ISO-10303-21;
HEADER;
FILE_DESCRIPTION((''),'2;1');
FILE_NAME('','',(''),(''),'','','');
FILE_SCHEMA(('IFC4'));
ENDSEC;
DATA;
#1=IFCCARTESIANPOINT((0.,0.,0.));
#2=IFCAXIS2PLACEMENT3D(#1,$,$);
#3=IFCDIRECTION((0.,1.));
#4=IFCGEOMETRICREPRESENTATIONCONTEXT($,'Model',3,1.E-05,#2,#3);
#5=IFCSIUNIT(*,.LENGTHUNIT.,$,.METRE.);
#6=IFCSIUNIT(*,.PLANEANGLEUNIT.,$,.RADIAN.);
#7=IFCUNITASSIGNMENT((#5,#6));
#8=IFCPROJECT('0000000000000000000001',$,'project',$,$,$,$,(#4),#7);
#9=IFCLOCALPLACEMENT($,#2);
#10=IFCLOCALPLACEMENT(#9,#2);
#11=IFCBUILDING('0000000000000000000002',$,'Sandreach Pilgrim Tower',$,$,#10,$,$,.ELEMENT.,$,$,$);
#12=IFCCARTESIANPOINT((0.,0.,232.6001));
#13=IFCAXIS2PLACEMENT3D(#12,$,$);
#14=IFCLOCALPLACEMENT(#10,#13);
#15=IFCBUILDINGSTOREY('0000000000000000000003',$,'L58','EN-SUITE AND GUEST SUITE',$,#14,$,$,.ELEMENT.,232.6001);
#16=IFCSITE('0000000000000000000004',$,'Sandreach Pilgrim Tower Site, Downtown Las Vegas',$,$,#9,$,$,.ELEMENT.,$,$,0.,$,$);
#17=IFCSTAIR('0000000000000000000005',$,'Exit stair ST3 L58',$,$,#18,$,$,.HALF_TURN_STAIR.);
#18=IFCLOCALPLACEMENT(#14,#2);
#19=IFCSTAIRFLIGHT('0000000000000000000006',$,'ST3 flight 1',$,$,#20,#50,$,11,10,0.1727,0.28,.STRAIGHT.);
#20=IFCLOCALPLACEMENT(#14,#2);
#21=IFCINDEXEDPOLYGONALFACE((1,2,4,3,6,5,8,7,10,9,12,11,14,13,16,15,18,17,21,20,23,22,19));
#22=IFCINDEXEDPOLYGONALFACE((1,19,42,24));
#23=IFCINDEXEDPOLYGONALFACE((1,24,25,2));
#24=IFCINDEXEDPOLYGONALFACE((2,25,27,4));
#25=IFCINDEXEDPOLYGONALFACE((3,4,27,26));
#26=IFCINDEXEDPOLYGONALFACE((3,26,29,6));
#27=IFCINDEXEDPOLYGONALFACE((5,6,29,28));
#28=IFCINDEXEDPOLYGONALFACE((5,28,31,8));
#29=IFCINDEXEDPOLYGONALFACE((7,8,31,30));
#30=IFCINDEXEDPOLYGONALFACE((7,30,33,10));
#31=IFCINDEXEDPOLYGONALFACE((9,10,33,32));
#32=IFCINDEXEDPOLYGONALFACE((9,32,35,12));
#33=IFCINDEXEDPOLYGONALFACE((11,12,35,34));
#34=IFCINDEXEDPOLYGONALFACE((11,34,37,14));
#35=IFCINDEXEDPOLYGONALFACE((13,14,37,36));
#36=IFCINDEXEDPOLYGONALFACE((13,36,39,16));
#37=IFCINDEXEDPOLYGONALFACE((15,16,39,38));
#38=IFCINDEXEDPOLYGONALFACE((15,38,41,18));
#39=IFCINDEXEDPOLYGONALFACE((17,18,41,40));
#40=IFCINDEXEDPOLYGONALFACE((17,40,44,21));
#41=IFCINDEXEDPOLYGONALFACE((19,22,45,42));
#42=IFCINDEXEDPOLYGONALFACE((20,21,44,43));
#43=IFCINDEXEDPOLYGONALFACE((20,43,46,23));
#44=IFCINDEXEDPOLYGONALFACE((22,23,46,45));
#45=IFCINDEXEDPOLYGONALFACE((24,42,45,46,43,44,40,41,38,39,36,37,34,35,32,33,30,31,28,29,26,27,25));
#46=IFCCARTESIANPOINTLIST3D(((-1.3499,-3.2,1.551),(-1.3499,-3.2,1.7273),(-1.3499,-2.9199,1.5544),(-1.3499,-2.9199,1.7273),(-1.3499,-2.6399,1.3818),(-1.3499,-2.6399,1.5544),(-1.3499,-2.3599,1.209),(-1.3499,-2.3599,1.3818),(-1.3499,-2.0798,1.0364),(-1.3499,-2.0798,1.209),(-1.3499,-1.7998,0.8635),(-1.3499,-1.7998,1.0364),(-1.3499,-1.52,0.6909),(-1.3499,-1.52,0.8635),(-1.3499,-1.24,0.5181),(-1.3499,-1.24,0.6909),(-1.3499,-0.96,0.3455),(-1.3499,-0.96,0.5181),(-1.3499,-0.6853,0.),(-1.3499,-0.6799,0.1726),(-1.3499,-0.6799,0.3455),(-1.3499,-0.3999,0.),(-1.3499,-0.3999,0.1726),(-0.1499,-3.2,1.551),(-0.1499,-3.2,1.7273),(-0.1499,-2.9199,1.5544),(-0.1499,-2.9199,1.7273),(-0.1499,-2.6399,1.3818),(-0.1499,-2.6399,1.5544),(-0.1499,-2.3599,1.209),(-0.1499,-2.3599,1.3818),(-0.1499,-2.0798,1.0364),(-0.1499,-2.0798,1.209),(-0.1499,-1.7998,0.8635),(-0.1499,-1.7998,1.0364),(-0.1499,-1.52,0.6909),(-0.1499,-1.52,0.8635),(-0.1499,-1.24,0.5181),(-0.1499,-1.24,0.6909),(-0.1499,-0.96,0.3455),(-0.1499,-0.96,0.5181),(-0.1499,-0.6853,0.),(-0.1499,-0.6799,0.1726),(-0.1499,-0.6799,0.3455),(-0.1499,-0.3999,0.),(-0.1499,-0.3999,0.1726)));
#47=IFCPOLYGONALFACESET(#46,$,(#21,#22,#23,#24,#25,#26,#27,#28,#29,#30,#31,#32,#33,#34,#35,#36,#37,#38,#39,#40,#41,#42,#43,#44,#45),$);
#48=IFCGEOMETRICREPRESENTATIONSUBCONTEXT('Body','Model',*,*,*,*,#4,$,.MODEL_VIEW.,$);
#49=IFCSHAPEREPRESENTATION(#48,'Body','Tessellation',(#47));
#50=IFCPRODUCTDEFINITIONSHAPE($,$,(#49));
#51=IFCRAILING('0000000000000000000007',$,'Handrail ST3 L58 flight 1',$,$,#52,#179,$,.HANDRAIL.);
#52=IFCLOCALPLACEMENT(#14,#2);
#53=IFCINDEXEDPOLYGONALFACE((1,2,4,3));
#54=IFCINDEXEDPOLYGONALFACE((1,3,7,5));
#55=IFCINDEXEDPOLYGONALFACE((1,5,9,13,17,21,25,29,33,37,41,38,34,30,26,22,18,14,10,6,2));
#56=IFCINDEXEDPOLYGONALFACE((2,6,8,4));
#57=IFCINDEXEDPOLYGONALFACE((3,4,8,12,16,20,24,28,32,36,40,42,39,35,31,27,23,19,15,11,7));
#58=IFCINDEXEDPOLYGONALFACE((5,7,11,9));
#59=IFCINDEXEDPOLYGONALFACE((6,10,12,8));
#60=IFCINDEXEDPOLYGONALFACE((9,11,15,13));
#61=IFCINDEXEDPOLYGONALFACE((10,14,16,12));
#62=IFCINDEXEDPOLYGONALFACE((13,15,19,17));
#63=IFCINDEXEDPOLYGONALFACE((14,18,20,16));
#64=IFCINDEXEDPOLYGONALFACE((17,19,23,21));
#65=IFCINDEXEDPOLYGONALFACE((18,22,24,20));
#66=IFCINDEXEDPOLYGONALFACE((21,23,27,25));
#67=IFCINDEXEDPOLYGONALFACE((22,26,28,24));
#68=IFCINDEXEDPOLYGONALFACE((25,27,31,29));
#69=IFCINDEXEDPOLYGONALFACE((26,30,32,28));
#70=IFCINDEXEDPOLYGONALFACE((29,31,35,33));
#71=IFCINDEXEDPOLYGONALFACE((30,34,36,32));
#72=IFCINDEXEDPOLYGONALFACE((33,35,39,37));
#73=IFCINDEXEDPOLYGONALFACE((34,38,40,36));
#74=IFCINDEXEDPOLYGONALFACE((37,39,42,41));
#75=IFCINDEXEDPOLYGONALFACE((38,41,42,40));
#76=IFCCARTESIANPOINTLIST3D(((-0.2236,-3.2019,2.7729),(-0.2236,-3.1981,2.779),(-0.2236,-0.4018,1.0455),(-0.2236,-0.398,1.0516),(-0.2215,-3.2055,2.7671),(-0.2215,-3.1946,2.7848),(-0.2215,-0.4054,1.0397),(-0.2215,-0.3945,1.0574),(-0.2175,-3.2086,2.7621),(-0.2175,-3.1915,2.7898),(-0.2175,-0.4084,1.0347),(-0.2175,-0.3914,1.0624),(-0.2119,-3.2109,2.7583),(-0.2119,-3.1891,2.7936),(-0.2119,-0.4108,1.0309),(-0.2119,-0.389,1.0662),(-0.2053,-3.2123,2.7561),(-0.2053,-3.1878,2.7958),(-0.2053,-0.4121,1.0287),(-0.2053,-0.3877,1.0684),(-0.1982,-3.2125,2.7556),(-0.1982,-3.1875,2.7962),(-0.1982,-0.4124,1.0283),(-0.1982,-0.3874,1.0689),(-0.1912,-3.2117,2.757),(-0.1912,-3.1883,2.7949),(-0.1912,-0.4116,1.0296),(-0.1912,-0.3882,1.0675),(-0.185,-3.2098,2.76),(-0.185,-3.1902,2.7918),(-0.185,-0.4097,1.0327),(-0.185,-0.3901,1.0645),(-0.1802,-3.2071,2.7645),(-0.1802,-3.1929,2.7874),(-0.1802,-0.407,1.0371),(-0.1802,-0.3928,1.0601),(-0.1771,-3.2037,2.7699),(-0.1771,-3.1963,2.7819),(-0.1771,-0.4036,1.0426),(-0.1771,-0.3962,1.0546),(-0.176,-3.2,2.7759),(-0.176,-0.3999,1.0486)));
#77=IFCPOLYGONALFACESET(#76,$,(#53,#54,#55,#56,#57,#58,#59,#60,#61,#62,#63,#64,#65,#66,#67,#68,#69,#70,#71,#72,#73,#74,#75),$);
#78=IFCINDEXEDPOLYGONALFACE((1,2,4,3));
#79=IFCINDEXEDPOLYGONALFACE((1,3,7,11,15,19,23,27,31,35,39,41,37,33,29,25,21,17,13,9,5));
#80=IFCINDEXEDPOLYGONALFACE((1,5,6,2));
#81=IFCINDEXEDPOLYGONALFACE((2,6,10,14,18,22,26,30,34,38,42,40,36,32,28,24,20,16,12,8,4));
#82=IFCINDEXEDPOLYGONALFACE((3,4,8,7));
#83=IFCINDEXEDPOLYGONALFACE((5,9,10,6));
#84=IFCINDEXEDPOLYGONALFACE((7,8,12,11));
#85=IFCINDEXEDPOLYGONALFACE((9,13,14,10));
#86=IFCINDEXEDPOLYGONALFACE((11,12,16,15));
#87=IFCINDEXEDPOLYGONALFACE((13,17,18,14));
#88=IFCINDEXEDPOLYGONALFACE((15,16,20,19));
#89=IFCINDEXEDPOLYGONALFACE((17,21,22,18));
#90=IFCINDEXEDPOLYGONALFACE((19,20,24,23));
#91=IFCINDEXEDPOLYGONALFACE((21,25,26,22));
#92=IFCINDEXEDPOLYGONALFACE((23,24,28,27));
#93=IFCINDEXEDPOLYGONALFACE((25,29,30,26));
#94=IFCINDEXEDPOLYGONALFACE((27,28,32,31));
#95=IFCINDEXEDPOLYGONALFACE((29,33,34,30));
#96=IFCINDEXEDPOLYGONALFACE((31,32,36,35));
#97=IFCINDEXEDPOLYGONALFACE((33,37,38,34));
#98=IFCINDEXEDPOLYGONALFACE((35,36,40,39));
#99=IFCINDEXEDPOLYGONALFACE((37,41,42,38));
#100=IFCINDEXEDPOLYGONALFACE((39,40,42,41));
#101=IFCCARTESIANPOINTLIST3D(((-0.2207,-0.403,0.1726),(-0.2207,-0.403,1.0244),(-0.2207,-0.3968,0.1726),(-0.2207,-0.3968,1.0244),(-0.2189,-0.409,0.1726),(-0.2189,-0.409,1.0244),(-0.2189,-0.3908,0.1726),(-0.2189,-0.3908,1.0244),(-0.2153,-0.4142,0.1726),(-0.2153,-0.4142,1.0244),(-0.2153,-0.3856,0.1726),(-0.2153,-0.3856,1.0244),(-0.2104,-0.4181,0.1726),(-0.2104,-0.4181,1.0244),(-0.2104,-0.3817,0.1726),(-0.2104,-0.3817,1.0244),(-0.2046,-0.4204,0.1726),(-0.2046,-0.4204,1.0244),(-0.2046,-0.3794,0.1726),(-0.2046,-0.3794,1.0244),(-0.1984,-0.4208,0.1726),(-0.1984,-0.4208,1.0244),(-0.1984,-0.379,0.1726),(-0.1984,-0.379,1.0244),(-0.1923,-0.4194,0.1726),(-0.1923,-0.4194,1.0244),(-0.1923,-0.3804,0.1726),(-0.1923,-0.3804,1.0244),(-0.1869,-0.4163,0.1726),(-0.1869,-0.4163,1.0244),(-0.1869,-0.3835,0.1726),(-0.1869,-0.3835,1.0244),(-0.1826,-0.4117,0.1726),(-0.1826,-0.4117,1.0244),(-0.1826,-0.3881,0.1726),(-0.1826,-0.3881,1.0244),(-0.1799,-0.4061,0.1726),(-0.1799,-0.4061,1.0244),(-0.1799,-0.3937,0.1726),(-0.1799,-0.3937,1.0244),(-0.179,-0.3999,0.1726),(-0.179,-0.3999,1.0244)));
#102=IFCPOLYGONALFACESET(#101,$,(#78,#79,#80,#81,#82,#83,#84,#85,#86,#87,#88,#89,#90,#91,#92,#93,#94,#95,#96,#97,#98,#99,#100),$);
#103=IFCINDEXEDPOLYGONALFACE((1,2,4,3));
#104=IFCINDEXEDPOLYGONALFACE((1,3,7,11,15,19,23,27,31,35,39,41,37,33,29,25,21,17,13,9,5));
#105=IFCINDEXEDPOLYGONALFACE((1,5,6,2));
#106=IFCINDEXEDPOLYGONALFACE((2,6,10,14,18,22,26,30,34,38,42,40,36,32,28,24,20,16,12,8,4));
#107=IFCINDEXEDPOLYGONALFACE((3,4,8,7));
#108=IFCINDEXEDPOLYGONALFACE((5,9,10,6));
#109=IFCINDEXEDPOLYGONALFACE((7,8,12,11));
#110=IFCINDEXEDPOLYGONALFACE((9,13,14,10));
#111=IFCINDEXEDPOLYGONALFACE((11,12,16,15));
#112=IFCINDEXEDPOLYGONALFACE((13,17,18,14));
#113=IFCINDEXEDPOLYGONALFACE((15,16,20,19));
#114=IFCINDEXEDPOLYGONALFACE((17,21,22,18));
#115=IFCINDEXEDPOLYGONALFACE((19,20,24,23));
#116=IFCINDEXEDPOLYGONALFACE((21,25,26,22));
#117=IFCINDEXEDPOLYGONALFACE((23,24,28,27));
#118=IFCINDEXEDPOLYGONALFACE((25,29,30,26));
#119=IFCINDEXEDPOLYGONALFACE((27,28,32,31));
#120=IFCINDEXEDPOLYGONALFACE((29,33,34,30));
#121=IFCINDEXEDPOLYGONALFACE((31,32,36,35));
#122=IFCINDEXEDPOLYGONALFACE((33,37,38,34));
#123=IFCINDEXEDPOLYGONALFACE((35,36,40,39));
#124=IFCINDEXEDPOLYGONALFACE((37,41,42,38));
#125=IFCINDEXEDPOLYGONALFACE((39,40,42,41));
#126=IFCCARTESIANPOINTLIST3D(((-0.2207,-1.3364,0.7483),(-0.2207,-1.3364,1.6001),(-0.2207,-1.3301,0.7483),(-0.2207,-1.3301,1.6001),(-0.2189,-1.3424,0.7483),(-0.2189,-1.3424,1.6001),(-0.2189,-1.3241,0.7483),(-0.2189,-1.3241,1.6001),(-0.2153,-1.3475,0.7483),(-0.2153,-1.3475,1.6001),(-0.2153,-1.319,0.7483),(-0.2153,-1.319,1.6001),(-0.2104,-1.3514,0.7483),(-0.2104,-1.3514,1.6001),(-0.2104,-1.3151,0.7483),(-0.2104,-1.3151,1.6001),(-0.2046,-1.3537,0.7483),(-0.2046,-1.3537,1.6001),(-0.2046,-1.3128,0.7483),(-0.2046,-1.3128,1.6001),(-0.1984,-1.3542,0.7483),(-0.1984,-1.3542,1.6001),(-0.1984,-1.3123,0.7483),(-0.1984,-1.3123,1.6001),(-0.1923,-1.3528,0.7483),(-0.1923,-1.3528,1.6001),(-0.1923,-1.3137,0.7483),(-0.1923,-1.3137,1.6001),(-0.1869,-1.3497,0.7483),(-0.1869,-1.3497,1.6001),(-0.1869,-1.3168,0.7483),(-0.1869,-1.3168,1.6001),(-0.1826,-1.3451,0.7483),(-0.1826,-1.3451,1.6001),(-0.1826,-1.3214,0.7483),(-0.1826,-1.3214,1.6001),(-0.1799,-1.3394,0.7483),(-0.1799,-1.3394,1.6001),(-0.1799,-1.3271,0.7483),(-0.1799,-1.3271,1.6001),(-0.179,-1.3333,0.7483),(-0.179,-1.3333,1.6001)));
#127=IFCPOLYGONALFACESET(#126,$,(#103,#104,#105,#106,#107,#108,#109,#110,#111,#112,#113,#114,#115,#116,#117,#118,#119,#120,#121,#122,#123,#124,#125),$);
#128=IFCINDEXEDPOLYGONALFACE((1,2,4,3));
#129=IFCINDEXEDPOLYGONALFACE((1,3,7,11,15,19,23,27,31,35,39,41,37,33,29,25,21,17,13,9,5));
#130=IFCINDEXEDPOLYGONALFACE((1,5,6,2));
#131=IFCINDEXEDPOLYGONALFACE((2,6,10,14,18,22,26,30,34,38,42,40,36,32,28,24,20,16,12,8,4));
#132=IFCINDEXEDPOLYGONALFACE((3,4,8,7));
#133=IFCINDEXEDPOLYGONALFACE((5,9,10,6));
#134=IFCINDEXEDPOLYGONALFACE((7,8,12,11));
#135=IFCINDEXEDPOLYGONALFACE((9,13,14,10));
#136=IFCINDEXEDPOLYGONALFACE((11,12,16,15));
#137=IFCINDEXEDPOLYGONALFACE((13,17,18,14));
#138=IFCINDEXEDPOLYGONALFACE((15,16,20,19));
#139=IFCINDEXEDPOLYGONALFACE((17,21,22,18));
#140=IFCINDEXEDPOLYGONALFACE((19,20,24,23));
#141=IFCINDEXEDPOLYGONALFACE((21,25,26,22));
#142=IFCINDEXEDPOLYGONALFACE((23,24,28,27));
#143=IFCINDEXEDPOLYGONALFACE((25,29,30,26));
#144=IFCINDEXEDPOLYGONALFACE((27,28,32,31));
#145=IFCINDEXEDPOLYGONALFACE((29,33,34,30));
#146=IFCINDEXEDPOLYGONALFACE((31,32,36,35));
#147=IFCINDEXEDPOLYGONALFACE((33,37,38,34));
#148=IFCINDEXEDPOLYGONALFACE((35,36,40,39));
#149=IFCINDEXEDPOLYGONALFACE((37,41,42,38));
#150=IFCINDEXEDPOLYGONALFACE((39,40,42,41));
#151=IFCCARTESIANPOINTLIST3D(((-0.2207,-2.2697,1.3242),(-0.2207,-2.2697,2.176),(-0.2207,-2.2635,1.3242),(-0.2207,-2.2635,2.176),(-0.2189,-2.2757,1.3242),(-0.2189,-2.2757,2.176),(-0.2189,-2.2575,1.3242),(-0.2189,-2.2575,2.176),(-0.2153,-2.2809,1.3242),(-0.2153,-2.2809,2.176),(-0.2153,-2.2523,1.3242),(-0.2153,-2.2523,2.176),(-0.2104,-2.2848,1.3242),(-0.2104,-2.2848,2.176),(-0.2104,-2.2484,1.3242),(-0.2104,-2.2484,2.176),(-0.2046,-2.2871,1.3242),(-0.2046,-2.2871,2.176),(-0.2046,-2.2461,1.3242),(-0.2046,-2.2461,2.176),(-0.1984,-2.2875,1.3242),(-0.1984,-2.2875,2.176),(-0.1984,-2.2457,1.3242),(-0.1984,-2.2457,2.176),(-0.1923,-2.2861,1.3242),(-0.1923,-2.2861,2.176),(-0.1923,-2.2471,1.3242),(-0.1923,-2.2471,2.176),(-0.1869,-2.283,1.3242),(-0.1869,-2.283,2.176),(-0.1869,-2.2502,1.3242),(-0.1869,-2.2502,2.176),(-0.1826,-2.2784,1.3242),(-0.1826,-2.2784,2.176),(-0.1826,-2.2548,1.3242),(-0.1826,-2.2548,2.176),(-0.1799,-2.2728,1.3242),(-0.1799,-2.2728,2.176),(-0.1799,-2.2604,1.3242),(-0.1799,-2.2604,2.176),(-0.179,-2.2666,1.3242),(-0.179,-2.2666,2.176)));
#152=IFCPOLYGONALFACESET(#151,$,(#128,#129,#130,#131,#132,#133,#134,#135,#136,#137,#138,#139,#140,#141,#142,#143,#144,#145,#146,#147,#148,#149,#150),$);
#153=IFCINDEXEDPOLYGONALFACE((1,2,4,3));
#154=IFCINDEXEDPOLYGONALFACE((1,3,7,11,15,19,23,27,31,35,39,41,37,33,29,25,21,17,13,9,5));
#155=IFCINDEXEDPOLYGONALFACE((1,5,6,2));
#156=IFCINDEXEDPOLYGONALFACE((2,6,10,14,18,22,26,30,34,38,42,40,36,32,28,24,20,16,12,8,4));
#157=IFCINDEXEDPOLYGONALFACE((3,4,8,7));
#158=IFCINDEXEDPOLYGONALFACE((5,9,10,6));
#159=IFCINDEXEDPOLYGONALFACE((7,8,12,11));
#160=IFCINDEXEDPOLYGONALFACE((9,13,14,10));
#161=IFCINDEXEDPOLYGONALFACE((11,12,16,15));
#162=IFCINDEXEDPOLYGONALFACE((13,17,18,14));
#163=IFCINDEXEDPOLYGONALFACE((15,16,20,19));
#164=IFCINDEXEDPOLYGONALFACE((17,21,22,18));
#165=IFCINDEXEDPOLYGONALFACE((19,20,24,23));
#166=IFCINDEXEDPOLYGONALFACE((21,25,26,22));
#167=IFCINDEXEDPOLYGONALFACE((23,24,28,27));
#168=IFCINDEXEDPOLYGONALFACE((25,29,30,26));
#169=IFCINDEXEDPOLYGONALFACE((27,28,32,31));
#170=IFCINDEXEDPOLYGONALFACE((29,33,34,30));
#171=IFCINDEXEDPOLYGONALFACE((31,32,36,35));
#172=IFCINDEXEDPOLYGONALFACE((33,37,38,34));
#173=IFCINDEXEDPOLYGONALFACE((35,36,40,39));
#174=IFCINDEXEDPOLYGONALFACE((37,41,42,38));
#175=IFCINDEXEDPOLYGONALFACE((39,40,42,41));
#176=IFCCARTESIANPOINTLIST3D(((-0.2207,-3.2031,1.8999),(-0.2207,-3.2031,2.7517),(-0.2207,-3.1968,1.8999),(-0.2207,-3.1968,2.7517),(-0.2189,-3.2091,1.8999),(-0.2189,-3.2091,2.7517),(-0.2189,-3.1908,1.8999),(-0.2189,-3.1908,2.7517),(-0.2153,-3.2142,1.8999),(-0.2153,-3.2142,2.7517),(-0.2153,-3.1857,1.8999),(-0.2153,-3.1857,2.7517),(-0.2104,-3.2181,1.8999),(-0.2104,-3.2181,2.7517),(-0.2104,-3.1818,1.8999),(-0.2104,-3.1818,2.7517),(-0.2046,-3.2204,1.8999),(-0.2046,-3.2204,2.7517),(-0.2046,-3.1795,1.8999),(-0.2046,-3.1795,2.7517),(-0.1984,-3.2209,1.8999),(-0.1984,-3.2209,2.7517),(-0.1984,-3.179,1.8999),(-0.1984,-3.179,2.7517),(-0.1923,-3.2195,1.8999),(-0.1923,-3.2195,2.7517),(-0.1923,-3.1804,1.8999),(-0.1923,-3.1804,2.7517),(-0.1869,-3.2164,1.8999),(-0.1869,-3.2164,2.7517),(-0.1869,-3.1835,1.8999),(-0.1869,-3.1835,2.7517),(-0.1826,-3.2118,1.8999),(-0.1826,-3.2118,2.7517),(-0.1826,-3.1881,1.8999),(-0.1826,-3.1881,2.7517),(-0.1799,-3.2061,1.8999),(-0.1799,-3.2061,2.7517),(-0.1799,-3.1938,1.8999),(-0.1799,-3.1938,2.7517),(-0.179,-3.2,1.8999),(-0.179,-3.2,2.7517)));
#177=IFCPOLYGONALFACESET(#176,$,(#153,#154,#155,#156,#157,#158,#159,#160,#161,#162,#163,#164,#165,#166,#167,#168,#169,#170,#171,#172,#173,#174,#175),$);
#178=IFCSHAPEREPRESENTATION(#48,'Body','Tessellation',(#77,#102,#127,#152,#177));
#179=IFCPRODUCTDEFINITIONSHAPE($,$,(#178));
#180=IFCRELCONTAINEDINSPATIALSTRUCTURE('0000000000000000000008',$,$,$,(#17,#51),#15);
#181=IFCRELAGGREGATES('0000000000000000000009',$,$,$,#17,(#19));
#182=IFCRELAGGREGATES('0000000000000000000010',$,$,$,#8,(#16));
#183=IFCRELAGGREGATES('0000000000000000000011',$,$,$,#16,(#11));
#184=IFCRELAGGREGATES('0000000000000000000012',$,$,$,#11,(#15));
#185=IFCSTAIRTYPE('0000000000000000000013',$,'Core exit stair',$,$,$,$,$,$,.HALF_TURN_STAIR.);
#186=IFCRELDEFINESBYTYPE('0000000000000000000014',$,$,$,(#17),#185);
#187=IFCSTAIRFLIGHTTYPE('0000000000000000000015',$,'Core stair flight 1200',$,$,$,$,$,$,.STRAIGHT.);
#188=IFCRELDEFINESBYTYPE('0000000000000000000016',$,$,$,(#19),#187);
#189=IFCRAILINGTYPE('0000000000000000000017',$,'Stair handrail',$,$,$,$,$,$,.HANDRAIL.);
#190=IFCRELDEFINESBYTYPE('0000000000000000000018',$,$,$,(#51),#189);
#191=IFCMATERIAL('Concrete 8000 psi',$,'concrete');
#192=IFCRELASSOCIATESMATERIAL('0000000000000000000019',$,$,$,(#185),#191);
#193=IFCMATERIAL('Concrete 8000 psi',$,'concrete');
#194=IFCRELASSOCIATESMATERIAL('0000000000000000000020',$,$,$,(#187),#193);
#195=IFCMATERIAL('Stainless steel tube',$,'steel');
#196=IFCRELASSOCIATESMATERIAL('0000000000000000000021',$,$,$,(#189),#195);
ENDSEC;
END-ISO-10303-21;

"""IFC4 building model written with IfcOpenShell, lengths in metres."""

from ifc_helpers import new_model, si_unit, direction, frame, origin, origin_2d, place, context, subcontext, project, spatial, polyline, circle, outline, extrude, material, type_object, element, aggregate, save


model = new_model("IFC4")

# Units and contexts
model_context = context("Model", 3, precision=1e-05, world=origin(), true_north=direction((0.0, 1.0)))
body_context = subcontext(model_context, "Body", "Model", "MODEL_VIEW")
ifc_project = project(units=[si_unit("LENGTHUNIT", "METRE"), si_unit("PLANEANGLEUNIT", "RADIAN")], contexts=[model_context])

# Site, building, storey
site_placement = place(None, origin())
site = spatial("IfcSite", under=ifc_project, at=site_placement, Name="Sandreach Pilgrim Tower Site, Downtown Las Vegas", CompositionType="ELEMENT", RefElevation=0.0)
building_placement = place(site_placement, origin())
building = spatial("IfcBuilding", under=site, at=building_placement, Name="Sandreach Pilgrim Tower", CompositionType="ELEMENT")
storey_placement = place(building_placement, frame((0.0, 0.0, 232.6001)))
storey = spatial("IfcBuildingStorey", under=building, at=storey_placement, Name="L58", Description="EN-SUITE AND GUEST SUITE", CompositionType="ELEMENT", Elevation=232.6001)

# Stair, stair flight
ifc_material_1 = material(Name="Concrete 8000 psi", Category="concrete")
stair_type = type_object("IfcStairType", Name="Core exit stair", PredefinedType="HALF_TURN_STAIR", material=ifc_material_1)
stair_placement = place(storey_placement, origin())
stair = element("IfcStair", 1, at=stair_placement, inside=storey, type_object=stair_type, Name="Exit stair ST3 L58", PredefinedType="HALF_TURN_STAIR")
ifc_material_2 = material(Name="Concrete 8000 psi", Category="concrete")
stair_flight_type = type_object("IfcStairFlightType", Name="Core stair flight 1200", PredefinedType="STRAIGHT", material=ifc_material_2)
stair_flight_placement = place(storey_placement, frame((-0.75, -0.3999, 0.0), z_axis=(0.0, 0.0, 1.0), x_axis=(0.0, -1.0, 0.0)))
stair_flight = element("IfcStairFlight", 2, at=stair_flight_placement, type_object=stair_flight_type, Name="ST3 flight 1", NumberOfRisers=11, NumberOfTreads=10, PredefinedType="STRAIGHT", RiserHeight=0.1727, TreadLength=0.28, context=body_context, shape_type="SweptSolid", body=[
    extrude(outline(polyline([(0.0, 0.0), (0.0, 0.1726), (0.28, 0.1726), (0.28, 0.3455), (0.5601, 0.3455), (0.5601, 0.5181), (0.8401, 0.5181), (0.8401, 0.6909), (1.1201, 0.6909), (1.1201, 0.8635), (1.3999, 0.8635), (1.3999, 1.0364), (1.6799, 1.0364), (1.6799, 1.209), (1.96, 1.209), (1.96, 1.3818), (2.24, 1.3818), (2.24, 1.5544), (2.52, 1.5544), (2.52, 1.7273), (2.8, 1.7273), (2.8, 1.8999), (2.8, 1.551), (0.2854, 0.0), (0.0, 0.0)])), frame((0.0, 0.6001, 0.0), z_axis=(0.0, -1.0, 0.0), x_axis=(1.0, 0.0, 0.0)), (0.0, 0.0, 1.0), 1.2),
])
aggregate(stair, [stair_flight])

# Railing
ifc_material_3 = material(Name="Stainless steel tube", Category="steel")
railing_type = type_object("IfcRailingType", Name="Stair handrail", PredefinedType="HANDRAIL", material=ifc_material_3)
for number, where, name in (
    (3, (-0.2, -0.3999, 0.1726), "Handrail ST3 L58 flight 1"),
):
    element("IfcRailing", number, at=place(storey_placement, frame(where)), inside=storey, type_object=railing_type, Name=name, PredefinedType="HANDRAIL", context=body_context, shape_type="SweptSolid", body=[
        extrude(circle(Radius=0.0239, at=origin_2d()), frame((0.0, 0.0, 0.876), z_axis=(0.0, -0.85109, 0.52502), x_axis=(1.0, 0.0, 0.0)), (0.0, 0.0, 1.0), 3.29),
        extrude(circle(Radius=0.021, at=origin_2d()), origin(), (0.0, 0.0, 1.0), 0.8518),
        extrude(circle(Radius=0.021, at=origin_2d()), frame((0.0, -0.9333, 0.5757)), (0.0, 0.0, 1.0), 0.8518),
        extrude(circle(Radius=0.021, at=origin_2d()), frame((0.0, -1.8667, 1.1516)), (0.0, 0.0, 1.0), 0.8518),
        extrude(circle(Radius=0.021, at=origin_2d()), frame((0.0, -2.8, 1.7273)), (0.0, 0.0, 1.0), 0.8518),
    ])

save(model, "model.ifc")
